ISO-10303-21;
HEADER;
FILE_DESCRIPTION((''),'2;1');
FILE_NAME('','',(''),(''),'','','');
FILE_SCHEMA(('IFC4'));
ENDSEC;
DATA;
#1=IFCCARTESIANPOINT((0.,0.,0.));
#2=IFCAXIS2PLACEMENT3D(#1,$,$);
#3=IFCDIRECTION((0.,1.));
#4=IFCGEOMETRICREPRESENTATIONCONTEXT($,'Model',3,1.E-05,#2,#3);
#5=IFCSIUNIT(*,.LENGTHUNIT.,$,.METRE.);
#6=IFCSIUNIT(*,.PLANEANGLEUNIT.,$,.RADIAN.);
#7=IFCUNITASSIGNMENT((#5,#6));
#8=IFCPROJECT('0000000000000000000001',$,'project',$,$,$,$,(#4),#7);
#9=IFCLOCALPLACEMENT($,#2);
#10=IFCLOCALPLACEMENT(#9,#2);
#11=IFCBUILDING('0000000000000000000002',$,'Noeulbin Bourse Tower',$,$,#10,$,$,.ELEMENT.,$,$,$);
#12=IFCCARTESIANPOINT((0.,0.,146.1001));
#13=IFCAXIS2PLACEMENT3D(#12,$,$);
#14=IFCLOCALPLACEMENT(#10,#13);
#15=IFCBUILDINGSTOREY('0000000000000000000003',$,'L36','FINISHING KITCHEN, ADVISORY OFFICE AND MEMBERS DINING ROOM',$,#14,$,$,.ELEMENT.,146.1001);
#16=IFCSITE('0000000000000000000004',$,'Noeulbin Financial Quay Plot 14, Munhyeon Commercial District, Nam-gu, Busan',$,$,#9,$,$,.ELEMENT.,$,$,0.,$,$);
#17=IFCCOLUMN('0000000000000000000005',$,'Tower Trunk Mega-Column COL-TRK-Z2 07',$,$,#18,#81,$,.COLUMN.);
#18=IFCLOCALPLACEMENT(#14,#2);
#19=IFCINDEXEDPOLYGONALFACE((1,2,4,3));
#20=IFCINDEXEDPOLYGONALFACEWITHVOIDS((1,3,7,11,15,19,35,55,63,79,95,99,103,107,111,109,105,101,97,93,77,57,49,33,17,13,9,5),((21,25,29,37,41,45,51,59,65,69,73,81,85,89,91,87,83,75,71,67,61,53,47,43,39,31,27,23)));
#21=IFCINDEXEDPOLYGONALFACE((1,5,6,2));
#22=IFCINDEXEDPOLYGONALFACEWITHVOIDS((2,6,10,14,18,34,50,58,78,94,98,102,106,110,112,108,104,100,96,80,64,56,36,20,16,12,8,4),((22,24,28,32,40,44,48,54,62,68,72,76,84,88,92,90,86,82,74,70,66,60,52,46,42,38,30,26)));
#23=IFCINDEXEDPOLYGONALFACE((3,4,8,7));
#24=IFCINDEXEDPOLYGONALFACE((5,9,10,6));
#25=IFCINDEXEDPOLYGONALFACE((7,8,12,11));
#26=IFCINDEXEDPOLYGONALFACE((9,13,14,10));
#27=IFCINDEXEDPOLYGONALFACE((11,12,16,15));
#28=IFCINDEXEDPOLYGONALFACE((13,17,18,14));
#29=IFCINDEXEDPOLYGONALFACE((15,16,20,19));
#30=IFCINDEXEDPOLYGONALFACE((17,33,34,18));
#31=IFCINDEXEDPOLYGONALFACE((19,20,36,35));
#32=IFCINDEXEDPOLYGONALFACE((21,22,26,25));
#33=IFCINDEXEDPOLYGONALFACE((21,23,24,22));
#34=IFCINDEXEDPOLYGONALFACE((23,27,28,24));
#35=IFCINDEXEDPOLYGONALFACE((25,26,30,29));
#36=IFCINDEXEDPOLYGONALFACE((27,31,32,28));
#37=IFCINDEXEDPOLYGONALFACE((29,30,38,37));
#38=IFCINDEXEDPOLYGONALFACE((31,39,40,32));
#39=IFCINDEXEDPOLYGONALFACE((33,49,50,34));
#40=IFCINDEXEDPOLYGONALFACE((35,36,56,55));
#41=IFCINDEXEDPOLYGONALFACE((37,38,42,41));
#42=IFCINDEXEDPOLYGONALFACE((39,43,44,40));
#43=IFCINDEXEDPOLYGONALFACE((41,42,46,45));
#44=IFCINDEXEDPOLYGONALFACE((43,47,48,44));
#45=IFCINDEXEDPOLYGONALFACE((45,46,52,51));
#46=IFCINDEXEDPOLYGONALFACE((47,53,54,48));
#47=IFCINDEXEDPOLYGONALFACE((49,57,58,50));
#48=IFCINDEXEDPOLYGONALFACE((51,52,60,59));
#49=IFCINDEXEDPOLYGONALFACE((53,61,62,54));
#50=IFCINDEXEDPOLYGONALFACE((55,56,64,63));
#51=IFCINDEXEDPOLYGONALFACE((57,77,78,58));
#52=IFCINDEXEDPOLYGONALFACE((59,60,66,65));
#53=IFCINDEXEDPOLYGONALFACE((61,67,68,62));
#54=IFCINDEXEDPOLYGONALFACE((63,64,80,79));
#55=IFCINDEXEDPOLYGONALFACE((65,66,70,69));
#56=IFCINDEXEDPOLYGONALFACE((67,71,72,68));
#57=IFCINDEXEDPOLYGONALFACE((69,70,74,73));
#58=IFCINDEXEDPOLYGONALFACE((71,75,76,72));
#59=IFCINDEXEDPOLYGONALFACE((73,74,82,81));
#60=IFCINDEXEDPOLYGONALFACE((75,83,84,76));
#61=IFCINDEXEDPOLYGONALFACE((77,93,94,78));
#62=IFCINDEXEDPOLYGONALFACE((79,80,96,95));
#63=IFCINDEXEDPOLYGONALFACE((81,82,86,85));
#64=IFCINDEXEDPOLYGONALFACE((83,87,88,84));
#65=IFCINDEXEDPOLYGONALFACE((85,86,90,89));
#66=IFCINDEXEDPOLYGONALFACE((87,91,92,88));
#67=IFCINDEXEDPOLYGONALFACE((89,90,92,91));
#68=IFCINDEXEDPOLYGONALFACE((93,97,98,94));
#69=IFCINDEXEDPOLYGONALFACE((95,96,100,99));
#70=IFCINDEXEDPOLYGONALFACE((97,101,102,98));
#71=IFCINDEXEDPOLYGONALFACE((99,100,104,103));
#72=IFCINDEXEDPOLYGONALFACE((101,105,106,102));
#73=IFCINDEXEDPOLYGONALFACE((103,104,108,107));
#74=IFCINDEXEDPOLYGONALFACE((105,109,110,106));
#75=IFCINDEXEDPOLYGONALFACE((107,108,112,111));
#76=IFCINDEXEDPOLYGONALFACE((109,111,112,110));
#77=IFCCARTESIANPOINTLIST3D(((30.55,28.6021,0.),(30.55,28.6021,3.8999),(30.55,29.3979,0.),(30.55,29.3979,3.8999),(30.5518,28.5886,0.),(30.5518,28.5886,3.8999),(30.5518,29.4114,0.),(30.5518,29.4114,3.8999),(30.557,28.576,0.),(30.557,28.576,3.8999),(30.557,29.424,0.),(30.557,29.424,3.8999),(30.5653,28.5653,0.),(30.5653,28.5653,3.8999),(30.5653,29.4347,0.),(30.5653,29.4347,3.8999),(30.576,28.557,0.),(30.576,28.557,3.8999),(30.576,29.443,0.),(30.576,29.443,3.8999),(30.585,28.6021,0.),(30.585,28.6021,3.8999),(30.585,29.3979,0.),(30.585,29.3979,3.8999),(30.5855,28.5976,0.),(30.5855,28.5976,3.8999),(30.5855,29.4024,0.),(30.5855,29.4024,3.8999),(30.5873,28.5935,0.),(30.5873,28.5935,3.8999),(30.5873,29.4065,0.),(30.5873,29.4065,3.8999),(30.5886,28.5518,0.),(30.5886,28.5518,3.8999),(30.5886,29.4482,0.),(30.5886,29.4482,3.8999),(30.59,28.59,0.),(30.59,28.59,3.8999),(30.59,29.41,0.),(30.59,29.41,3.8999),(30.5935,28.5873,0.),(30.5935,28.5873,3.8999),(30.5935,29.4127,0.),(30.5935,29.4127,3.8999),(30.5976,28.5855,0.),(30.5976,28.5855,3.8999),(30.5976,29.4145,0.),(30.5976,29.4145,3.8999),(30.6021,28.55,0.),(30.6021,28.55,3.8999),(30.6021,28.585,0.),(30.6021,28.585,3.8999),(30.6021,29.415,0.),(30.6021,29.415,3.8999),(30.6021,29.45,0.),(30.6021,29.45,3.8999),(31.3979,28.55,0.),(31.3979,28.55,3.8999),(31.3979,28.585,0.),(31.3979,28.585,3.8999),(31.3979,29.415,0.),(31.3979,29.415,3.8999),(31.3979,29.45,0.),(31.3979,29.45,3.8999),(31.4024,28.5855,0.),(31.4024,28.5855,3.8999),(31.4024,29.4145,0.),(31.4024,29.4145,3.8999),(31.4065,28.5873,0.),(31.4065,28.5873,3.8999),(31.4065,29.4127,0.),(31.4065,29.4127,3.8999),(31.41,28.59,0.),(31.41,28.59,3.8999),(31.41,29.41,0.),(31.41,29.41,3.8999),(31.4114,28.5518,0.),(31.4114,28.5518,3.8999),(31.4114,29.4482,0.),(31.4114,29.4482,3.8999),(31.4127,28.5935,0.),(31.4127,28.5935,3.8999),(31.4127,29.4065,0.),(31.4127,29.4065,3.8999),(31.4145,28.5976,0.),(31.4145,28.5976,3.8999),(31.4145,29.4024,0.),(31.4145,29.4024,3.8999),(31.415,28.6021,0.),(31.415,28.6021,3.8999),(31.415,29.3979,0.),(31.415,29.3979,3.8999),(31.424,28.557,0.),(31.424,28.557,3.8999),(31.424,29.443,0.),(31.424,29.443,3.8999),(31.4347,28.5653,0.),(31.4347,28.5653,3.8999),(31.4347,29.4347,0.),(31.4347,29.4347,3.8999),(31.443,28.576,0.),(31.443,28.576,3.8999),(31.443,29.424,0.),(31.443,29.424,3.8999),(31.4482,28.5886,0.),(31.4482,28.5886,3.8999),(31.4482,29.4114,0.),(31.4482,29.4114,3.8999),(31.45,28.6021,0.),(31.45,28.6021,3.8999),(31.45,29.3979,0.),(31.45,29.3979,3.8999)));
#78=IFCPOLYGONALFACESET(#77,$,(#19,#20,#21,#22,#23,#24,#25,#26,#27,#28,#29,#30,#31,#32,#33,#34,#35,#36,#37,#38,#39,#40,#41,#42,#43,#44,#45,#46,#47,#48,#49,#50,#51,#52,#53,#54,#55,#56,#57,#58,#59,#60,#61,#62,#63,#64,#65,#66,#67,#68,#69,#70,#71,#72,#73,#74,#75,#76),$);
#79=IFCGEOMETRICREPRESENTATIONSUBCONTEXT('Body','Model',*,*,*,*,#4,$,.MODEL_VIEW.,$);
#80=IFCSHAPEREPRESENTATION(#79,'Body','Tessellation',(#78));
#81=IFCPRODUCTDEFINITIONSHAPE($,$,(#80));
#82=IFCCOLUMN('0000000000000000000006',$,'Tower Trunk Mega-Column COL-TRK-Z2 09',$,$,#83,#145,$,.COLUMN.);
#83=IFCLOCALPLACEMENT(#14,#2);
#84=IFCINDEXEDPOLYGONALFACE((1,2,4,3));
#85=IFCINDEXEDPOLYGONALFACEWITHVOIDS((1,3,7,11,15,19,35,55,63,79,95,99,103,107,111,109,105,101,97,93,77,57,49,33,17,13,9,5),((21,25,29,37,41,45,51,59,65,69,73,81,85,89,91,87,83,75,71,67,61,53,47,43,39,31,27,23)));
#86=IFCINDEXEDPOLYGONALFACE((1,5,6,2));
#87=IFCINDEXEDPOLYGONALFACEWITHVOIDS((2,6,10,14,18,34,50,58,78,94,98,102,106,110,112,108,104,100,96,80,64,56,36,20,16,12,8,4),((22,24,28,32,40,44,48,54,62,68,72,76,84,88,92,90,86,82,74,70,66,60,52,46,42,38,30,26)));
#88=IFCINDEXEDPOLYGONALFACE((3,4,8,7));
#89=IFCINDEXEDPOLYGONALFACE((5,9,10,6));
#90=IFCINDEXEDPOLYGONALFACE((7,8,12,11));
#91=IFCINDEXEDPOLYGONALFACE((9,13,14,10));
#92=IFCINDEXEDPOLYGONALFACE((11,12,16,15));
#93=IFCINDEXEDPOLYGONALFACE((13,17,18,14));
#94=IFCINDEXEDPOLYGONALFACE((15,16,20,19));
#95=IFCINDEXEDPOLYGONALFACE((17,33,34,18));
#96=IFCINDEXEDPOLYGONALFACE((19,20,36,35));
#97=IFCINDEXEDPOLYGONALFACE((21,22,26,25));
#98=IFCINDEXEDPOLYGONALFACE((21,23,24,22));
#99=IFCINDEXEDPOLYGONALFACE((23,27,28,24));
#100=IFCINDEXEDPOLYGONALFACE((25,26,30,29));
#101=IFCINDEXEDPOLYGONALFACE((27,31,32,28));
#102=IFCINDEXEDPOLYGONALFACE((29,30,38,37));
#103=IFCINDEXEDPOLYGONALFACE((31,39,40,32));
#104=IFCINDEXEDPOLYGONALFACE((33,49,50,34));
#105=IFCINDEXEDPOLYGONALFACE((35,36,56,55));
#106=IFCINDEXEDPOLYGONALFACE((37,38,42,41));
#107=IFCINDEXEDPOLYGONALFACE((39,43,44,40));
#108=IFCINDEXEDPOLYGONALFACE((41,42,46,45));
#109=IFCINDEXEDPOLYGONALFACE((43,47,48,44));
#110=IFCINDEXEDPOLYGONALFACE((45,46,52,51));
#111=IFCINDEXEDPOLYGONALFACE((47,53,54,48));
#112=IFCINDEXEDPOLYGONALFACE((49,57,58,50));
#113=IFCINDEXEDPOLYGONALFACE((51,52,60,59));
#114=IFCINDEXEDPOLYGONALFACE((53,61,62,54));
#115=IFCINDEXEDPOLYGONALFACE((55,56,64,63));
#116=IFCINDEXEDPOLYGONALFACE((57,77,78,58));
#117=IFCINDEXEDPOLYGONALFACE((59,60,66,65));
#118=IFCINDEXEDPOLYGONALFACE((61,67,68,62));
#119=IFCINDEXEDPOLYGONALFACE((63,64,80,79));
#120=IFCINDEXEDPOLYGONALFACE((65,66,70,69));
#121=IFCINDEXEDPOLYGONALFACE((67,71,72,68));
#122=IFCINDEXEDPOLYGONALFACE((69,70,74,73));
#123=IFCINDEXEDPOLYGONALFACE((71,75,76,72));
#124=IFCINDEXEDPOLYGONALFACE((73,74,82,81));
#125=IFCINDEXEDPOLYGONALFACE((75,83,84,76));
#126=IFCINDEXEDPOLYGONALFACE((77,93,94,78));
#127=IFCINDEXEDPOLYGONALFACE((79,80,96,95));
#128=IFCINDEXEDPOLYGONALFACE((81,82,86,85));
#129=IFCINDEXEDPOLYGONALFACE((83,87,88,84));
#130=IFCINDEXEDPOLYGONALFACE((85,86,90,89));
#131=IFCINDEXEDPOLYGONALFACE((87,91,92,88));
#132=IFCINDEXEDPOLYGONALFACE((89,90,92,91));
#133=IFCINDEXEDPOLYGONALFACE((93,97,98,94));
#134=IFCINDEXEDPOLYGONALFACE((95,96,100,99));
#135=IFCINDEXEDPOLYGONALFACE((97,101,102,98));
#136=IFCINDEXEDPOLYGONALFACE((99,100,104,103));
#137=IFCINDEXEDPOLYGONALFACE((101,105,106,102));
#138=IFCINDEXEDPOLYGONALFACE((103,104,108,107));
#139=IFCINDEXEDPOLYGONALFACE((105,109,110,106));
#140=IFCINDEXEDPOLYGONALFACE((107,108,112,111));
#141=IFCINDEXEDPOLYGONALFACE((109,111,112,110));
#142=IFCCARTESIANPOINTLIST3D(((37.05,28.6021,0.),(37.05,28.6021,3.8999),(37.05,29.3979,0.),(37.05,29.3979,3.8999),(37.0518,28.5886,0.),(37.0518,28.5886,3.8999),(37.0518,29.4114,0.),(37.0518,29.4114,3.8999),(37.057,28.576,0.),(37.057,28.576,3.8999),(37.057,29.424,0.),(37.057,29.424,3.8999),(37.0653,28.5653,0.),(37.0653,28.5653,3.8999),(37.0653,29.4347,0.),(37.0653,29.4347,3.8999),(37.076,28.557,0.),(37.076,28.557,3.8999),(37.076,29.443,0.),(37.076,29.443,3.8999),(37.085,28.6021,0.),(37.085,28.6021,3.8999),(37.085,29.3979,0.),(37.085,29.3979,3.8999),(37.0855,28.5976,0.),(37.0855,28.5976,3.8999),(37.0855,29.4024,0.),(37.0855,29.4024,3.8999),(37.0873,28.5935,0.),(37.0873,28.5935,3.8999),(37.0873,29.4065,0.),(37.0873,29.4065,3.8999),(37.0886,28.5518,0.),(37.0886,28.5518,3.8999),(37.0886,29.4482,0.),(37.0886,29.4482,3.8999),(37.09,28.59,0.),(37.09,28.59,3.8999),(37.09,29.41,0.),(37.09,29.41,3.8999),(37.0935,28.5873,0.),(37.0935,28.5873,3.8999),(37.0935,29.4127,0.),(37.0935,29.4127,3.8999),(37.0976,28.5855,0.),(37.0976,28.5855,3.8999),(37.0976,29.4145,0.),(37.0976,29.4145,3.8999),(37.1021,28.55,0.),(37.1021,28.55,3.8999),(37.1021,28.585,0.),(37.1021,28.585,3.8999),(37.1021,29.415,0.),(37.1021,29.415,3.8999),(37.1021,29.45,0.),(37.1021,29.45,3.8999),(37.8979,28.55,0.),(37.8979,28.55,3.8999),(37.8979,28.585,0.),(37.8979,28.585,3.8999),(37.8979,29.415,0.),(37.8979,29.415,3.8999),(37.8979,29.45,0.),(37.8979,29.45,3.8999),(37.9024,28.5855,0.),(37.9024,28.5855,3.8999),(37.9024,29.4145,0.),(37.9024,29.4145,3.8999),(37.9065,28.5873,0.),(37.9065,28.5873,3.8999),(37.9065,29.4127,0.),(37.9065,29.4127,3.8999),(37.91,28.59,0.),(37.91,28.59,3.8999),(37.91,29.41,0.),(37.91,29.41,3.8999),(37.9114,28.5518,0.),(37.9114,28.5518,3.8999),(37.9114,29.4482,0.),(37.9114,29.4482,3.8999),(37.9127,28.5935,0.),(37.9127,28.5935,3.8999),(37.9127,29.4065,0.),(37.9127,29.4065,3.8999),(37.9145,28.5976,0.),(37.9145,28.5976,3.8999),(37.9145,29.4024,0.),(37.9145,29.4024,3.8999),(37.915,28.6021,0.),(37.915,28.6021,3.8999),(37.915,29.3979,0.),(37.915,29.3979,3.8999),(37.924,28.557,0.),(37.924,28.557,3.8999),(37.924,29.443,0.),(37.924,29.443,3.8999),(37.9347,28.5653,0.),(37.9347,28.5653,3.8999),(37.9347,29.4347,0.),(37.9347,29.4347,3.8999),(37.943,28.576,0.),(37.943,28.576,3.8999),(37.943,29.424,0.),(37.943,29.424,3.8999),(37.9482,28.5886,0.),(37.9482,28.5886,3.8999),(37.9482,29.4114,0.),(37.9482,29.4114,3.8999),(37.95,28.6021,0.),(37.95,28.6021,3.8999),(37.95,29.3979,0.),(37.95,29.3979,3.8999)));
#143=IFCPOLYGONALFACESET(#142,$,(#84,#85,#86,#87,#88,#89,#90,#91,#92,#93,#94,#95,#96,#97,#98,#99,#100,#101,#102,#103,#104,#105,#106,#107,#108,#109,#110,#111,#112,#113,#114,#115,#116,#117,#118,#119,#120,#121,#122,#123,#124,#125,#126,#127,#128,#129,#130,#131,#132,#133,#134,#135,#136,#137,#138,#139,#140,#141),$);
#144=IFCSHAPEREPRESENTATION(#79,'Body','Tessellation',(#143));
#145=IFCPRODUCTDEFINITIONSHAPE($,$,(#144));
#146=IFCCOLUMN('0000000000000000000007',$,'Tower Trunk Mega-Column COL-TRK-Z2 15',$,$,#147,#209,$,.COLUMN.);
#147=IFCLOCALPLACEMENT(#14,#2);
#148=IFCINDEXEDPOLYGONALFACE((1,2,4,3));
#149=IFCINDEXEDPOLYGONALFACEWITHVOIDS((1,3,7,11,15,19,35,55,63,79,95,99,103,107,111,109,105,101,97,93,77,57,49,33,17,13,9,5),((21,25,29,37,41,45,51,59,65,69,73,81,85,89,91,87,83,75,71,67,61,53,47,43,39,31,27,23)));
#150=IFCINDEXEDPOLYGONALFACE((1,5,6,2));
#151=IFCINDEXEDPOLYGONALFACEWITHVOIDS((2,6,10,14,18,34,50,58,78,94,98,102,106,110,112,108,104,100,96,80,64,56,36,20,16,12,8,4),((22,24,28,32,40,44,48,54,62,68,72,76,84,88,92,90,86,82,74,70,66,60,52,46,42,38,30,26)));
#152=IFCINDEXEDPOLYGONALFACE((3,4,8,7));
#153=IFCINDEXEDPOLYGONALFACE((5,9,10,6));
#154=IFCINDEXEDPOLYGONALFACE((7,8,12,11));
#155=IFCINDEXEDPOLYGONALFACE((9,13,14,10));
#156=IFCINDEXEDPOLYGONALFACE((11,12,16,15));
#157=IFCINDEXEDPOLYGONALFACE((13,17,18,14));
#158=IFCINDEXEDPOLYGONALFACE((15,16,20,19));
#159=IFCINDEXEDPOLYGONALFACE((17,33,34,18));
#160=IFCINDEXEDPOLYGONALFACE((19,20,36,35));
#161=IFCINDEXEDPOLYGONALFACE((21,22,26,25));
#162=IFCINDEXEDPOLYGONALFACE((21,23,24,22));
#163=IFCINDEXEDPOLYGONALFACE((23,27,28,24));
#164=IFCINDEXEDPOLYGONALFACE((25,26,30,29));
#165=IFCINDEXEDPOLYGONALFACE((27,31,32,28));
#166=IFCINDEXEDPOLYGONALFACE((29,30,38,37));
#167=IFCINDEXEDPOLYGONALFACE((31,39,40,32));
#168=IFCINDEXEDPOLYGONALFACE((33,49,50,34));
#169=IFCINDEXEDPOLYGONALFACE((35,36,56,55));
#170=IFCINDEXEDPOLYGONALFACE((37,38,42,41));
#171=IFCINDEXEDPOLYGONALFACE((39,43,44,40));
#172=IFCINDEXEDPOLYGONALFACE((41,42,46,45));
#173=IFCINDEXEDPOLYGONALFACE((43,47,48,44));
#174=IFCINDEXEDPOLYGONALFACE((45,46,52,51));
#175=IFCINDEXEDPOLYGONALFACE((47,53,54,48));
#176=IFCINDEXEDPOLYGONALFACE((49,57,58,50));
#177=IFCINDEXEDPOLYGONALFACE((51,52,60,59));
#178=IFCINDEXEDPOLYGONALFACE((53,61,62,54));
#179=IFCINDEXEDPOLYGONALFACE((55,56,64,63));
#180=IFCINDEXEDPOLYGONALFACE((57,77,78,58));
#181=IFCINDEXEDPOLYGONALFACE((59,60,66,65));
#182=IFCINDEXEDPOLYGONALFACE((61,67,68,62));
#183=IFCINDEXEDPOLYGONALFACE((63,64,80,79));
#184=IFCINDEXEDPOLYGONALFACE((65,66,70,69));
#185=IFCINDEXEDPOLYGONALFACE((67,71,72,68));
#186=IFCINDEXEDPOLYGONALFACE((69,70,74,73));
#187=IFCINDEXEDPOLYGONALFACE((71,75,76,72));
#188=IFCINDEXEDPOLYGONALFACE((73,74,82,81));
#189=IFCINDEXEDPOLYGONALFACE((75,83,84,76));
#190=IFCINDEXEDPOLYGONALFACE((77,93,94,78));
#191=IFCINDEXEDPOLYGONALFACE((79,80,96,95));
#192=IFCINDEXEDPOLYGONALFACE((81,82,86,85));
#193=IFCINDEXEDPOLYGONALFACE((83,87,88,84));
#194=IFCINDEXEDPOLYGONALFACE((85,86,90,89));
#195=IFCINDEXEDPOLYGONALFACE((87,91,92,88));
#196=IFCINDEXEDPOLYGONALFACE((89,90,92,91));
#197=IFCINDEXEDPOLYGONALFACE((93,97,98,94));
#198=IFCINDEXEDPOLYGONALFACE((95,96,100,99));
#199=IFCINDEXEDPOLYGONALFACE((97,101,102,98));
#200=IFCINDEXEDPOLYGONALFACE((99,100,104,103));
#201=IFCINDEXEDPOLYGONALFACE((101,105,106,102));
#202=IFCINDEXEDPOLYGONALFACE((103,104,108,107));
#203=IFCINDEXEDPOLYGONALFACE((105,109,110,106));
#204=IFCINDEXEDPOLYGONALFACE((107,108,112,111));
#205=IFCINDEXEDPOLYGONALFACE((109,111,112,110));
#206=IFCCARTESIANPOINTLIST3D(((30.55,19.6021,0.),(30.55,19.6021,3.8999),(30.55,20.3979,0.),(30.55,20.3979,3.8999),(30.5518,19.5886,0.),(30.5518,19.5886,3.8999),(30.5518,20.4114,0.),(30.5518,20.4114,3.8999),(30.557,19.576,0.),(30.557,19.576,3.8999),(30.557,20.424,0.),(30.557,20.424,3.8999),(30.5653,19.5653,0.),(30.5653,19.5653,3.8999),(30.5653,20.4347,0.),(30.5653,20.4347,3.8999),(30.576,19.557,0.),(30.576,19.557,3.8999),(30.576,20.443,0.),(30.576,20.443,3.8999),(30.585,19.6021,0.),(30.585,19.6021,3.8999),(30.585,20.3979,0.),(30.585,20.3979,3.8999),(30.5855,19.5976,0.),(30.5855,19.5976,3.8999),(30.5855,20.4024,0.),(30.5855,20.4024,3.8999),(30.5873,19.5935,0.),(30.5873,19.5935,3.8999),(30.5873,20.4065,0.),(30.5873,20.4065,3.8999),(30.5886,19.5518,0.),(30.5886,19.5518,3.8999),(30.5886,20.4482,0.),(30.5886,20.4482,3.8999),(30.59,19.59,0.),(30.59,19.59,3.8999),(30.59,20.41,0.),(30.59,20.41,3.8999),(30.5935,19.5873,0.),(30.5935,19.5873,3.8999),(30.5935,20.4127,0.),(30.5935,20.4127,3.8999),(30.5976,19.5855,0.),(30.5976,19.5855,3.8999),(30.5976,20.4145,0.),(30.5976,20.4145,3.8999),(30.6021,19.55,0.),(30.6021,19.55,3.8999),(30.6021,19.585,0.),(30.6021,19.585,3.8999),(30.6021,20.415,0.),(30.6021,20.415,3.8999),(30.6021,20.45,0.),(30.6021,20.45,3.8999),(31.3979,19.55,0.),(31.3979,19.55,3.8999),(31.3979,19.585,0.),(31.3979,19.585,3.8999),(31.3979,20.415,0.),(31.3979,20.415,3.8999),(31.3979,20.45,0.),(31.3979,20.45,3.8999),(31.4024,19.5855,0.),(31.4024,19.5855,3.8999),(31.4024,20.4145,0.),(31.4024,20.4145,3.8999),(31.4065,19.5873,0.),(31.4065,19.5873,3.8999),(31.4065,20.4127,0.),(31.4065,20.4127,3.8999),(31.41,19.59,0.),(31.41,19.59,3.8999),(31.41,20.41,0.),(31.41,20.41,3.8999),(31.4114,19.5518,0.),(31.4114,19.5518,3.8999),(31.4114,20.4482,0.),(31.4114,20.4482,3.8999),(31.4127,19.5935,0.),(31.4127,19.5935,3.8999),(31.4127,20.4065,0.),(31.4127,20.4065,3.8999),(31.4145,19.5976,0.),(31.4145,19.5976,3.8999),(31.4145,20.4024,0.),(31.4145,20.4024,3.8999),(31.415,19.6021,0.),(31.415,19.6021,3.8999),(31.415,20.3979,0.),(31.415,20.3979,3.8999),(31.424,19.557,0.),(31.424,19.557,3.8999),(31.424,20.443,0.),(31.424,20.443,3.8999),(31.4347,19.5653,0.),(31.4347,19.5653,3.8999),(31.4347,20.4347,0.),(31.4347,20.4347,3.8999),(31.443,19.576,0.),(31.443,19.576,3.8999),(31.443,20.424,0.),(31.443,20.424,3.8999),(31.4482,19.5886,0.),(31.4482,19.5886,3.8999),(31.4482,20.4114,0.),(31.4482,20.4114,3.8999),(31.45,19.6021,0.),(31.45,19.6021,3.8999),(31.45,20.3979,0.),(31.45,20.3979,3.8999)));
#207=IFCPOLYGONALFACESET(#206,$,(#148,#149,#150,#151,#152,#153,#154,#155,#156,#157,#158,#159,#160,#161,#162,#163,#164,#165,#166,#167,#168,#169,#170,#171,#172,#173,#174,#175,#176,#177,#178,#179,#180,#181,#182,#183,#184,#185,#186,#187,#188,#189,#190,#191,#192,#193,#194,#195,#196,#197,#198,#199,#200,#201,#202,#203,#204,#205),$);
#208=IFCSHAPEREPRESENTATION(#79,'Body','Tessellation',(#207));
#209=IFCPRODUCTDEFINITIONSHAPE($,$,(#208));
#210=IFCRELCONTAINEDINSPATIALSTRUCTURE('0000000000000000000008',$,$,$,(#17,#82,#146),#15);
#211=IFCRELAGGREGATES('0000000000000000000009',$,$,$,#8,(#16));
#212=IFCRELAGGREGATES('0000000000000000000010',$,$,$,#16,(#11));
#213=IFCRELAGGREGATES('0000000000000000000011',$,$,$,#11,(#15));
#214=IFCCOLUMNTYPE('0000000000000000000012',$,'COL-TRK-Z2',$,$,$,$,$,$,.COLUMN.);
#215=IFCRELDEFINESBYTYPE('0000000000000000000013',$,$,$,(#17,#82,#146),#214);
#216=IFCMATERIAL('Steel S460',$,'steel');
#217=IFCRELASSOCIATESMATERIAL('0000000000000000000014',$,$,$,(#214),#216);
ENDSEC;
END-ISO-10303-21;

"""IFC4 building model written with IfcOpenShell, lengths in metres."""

from ifc_helpers import new_model, si_unit, direction, frame, origin, origin_2d, place, context, subcontext, project, spatial, hollow_rectangle, extrude, material, material_profile, profile_set, type_object, element, save


model = new_model("IFC4")

# Units and contexts
model_context = context("Model", 3, precision=1e-05, world=origin(), true_north=direction((0.0, 1.0)))
body_context = subcontext(model_context, "Body", "Model", "MODEL_VIEW")
ifc_project = project(units=[si_unit("LENGTHUNIT", "METRE"), si_unit("PLANEANGLEUNIT", "RADIAN")], contexts=[model_context])

# Site, building, storey
site_placement = place(None, origin())
site = spatial("IfcSite", under=ifc_project, at=site_placement, Name="Noeulbin Financial Quay Plot 14, Munhyeon Commercial District, Nam-gu, Busan", CompositionType="ELEMENT", RefElevation=0.0)
building_placement = place(site_placement, origin())
building = spatial("IfcBuilding", under=site, at=building_placement, Name="Noeulbin Bourse Tower", CompositionType="ELEMENT")
storey_placement = place(building_placement, frame((0.0, 0.0, 146.1001)))
storey = spatial("IfcBuildingStorey", under=building, at=storey_placement, Name="L36", Description="FINISHING KITCHEN, ADVISORY OFFICE AND MEMBERS DINING ROOM", CompositionType="ELEMENT", Elevation=146.1001)

# Columns
ifc_material_1 = material(Name="Steel S460", Category="steel")
ifc_material_profile_1 = material_profile(ifc_material_1, hollow_rectangle(XDim=0.8999, YDim=0.8999, WallThickness=0.0349, InnerFilletRadius=0.0171, OuterFilletRadius=0.052, at=origin_2d()), Name="BOX-900x900x35", Category="LoadBearing")
ifc_profile_set_1 = profile_set([ifc_material_profile_1], Name="Steel S460")
column_type = type_object("IfcColumnType", Name="COL-TRK-Z2", PredefinedType="COLUMN", material=ifc_profile_set_1)
for number, where, z_axis, x_axis, name in (
    (1, (31.0, 29.0, 0.0), (0.0, 0.0, 1.0), (1.0, 0.0, 0.0), "Tower Trunk Mega-Column COL-TRK-Z2 07"),
    (2, (37.5, 29.0, 0.0), (0.0, 0.0, 1.0), (1.0, 0.0, 0.0), "Tower Trunk Mega-Column COL-TRK-Z2 09"),
    (3, (31.0, 20.0, 0.0), (0.0, 0.0, 1.0), (1.0, 0.0, 0.0), "Tower Trunk Mega-Column COL-TRK-Z2 15"),
):
    element("IfcColumn", number, at=place(storey_placement, frame(where, z_axis=z_axis, x_axis=x_axis)), inside=storey, type_object=column_type, Name=name, PredefinedType="COLUMN", context=body_context, shape_type="SweptSolid", body=[
        extrude(hollow_rectangle(XDim=0.8999, YDim=0.8999, WallThickness=0.0349, InnerFilletRadius=0.0171, OuterFilletRadius=0.052, at=origin_2d()), origin(), (0.0, 0.0, 1.0), 3.8999),
    ])

save(model, "model.ifc")
